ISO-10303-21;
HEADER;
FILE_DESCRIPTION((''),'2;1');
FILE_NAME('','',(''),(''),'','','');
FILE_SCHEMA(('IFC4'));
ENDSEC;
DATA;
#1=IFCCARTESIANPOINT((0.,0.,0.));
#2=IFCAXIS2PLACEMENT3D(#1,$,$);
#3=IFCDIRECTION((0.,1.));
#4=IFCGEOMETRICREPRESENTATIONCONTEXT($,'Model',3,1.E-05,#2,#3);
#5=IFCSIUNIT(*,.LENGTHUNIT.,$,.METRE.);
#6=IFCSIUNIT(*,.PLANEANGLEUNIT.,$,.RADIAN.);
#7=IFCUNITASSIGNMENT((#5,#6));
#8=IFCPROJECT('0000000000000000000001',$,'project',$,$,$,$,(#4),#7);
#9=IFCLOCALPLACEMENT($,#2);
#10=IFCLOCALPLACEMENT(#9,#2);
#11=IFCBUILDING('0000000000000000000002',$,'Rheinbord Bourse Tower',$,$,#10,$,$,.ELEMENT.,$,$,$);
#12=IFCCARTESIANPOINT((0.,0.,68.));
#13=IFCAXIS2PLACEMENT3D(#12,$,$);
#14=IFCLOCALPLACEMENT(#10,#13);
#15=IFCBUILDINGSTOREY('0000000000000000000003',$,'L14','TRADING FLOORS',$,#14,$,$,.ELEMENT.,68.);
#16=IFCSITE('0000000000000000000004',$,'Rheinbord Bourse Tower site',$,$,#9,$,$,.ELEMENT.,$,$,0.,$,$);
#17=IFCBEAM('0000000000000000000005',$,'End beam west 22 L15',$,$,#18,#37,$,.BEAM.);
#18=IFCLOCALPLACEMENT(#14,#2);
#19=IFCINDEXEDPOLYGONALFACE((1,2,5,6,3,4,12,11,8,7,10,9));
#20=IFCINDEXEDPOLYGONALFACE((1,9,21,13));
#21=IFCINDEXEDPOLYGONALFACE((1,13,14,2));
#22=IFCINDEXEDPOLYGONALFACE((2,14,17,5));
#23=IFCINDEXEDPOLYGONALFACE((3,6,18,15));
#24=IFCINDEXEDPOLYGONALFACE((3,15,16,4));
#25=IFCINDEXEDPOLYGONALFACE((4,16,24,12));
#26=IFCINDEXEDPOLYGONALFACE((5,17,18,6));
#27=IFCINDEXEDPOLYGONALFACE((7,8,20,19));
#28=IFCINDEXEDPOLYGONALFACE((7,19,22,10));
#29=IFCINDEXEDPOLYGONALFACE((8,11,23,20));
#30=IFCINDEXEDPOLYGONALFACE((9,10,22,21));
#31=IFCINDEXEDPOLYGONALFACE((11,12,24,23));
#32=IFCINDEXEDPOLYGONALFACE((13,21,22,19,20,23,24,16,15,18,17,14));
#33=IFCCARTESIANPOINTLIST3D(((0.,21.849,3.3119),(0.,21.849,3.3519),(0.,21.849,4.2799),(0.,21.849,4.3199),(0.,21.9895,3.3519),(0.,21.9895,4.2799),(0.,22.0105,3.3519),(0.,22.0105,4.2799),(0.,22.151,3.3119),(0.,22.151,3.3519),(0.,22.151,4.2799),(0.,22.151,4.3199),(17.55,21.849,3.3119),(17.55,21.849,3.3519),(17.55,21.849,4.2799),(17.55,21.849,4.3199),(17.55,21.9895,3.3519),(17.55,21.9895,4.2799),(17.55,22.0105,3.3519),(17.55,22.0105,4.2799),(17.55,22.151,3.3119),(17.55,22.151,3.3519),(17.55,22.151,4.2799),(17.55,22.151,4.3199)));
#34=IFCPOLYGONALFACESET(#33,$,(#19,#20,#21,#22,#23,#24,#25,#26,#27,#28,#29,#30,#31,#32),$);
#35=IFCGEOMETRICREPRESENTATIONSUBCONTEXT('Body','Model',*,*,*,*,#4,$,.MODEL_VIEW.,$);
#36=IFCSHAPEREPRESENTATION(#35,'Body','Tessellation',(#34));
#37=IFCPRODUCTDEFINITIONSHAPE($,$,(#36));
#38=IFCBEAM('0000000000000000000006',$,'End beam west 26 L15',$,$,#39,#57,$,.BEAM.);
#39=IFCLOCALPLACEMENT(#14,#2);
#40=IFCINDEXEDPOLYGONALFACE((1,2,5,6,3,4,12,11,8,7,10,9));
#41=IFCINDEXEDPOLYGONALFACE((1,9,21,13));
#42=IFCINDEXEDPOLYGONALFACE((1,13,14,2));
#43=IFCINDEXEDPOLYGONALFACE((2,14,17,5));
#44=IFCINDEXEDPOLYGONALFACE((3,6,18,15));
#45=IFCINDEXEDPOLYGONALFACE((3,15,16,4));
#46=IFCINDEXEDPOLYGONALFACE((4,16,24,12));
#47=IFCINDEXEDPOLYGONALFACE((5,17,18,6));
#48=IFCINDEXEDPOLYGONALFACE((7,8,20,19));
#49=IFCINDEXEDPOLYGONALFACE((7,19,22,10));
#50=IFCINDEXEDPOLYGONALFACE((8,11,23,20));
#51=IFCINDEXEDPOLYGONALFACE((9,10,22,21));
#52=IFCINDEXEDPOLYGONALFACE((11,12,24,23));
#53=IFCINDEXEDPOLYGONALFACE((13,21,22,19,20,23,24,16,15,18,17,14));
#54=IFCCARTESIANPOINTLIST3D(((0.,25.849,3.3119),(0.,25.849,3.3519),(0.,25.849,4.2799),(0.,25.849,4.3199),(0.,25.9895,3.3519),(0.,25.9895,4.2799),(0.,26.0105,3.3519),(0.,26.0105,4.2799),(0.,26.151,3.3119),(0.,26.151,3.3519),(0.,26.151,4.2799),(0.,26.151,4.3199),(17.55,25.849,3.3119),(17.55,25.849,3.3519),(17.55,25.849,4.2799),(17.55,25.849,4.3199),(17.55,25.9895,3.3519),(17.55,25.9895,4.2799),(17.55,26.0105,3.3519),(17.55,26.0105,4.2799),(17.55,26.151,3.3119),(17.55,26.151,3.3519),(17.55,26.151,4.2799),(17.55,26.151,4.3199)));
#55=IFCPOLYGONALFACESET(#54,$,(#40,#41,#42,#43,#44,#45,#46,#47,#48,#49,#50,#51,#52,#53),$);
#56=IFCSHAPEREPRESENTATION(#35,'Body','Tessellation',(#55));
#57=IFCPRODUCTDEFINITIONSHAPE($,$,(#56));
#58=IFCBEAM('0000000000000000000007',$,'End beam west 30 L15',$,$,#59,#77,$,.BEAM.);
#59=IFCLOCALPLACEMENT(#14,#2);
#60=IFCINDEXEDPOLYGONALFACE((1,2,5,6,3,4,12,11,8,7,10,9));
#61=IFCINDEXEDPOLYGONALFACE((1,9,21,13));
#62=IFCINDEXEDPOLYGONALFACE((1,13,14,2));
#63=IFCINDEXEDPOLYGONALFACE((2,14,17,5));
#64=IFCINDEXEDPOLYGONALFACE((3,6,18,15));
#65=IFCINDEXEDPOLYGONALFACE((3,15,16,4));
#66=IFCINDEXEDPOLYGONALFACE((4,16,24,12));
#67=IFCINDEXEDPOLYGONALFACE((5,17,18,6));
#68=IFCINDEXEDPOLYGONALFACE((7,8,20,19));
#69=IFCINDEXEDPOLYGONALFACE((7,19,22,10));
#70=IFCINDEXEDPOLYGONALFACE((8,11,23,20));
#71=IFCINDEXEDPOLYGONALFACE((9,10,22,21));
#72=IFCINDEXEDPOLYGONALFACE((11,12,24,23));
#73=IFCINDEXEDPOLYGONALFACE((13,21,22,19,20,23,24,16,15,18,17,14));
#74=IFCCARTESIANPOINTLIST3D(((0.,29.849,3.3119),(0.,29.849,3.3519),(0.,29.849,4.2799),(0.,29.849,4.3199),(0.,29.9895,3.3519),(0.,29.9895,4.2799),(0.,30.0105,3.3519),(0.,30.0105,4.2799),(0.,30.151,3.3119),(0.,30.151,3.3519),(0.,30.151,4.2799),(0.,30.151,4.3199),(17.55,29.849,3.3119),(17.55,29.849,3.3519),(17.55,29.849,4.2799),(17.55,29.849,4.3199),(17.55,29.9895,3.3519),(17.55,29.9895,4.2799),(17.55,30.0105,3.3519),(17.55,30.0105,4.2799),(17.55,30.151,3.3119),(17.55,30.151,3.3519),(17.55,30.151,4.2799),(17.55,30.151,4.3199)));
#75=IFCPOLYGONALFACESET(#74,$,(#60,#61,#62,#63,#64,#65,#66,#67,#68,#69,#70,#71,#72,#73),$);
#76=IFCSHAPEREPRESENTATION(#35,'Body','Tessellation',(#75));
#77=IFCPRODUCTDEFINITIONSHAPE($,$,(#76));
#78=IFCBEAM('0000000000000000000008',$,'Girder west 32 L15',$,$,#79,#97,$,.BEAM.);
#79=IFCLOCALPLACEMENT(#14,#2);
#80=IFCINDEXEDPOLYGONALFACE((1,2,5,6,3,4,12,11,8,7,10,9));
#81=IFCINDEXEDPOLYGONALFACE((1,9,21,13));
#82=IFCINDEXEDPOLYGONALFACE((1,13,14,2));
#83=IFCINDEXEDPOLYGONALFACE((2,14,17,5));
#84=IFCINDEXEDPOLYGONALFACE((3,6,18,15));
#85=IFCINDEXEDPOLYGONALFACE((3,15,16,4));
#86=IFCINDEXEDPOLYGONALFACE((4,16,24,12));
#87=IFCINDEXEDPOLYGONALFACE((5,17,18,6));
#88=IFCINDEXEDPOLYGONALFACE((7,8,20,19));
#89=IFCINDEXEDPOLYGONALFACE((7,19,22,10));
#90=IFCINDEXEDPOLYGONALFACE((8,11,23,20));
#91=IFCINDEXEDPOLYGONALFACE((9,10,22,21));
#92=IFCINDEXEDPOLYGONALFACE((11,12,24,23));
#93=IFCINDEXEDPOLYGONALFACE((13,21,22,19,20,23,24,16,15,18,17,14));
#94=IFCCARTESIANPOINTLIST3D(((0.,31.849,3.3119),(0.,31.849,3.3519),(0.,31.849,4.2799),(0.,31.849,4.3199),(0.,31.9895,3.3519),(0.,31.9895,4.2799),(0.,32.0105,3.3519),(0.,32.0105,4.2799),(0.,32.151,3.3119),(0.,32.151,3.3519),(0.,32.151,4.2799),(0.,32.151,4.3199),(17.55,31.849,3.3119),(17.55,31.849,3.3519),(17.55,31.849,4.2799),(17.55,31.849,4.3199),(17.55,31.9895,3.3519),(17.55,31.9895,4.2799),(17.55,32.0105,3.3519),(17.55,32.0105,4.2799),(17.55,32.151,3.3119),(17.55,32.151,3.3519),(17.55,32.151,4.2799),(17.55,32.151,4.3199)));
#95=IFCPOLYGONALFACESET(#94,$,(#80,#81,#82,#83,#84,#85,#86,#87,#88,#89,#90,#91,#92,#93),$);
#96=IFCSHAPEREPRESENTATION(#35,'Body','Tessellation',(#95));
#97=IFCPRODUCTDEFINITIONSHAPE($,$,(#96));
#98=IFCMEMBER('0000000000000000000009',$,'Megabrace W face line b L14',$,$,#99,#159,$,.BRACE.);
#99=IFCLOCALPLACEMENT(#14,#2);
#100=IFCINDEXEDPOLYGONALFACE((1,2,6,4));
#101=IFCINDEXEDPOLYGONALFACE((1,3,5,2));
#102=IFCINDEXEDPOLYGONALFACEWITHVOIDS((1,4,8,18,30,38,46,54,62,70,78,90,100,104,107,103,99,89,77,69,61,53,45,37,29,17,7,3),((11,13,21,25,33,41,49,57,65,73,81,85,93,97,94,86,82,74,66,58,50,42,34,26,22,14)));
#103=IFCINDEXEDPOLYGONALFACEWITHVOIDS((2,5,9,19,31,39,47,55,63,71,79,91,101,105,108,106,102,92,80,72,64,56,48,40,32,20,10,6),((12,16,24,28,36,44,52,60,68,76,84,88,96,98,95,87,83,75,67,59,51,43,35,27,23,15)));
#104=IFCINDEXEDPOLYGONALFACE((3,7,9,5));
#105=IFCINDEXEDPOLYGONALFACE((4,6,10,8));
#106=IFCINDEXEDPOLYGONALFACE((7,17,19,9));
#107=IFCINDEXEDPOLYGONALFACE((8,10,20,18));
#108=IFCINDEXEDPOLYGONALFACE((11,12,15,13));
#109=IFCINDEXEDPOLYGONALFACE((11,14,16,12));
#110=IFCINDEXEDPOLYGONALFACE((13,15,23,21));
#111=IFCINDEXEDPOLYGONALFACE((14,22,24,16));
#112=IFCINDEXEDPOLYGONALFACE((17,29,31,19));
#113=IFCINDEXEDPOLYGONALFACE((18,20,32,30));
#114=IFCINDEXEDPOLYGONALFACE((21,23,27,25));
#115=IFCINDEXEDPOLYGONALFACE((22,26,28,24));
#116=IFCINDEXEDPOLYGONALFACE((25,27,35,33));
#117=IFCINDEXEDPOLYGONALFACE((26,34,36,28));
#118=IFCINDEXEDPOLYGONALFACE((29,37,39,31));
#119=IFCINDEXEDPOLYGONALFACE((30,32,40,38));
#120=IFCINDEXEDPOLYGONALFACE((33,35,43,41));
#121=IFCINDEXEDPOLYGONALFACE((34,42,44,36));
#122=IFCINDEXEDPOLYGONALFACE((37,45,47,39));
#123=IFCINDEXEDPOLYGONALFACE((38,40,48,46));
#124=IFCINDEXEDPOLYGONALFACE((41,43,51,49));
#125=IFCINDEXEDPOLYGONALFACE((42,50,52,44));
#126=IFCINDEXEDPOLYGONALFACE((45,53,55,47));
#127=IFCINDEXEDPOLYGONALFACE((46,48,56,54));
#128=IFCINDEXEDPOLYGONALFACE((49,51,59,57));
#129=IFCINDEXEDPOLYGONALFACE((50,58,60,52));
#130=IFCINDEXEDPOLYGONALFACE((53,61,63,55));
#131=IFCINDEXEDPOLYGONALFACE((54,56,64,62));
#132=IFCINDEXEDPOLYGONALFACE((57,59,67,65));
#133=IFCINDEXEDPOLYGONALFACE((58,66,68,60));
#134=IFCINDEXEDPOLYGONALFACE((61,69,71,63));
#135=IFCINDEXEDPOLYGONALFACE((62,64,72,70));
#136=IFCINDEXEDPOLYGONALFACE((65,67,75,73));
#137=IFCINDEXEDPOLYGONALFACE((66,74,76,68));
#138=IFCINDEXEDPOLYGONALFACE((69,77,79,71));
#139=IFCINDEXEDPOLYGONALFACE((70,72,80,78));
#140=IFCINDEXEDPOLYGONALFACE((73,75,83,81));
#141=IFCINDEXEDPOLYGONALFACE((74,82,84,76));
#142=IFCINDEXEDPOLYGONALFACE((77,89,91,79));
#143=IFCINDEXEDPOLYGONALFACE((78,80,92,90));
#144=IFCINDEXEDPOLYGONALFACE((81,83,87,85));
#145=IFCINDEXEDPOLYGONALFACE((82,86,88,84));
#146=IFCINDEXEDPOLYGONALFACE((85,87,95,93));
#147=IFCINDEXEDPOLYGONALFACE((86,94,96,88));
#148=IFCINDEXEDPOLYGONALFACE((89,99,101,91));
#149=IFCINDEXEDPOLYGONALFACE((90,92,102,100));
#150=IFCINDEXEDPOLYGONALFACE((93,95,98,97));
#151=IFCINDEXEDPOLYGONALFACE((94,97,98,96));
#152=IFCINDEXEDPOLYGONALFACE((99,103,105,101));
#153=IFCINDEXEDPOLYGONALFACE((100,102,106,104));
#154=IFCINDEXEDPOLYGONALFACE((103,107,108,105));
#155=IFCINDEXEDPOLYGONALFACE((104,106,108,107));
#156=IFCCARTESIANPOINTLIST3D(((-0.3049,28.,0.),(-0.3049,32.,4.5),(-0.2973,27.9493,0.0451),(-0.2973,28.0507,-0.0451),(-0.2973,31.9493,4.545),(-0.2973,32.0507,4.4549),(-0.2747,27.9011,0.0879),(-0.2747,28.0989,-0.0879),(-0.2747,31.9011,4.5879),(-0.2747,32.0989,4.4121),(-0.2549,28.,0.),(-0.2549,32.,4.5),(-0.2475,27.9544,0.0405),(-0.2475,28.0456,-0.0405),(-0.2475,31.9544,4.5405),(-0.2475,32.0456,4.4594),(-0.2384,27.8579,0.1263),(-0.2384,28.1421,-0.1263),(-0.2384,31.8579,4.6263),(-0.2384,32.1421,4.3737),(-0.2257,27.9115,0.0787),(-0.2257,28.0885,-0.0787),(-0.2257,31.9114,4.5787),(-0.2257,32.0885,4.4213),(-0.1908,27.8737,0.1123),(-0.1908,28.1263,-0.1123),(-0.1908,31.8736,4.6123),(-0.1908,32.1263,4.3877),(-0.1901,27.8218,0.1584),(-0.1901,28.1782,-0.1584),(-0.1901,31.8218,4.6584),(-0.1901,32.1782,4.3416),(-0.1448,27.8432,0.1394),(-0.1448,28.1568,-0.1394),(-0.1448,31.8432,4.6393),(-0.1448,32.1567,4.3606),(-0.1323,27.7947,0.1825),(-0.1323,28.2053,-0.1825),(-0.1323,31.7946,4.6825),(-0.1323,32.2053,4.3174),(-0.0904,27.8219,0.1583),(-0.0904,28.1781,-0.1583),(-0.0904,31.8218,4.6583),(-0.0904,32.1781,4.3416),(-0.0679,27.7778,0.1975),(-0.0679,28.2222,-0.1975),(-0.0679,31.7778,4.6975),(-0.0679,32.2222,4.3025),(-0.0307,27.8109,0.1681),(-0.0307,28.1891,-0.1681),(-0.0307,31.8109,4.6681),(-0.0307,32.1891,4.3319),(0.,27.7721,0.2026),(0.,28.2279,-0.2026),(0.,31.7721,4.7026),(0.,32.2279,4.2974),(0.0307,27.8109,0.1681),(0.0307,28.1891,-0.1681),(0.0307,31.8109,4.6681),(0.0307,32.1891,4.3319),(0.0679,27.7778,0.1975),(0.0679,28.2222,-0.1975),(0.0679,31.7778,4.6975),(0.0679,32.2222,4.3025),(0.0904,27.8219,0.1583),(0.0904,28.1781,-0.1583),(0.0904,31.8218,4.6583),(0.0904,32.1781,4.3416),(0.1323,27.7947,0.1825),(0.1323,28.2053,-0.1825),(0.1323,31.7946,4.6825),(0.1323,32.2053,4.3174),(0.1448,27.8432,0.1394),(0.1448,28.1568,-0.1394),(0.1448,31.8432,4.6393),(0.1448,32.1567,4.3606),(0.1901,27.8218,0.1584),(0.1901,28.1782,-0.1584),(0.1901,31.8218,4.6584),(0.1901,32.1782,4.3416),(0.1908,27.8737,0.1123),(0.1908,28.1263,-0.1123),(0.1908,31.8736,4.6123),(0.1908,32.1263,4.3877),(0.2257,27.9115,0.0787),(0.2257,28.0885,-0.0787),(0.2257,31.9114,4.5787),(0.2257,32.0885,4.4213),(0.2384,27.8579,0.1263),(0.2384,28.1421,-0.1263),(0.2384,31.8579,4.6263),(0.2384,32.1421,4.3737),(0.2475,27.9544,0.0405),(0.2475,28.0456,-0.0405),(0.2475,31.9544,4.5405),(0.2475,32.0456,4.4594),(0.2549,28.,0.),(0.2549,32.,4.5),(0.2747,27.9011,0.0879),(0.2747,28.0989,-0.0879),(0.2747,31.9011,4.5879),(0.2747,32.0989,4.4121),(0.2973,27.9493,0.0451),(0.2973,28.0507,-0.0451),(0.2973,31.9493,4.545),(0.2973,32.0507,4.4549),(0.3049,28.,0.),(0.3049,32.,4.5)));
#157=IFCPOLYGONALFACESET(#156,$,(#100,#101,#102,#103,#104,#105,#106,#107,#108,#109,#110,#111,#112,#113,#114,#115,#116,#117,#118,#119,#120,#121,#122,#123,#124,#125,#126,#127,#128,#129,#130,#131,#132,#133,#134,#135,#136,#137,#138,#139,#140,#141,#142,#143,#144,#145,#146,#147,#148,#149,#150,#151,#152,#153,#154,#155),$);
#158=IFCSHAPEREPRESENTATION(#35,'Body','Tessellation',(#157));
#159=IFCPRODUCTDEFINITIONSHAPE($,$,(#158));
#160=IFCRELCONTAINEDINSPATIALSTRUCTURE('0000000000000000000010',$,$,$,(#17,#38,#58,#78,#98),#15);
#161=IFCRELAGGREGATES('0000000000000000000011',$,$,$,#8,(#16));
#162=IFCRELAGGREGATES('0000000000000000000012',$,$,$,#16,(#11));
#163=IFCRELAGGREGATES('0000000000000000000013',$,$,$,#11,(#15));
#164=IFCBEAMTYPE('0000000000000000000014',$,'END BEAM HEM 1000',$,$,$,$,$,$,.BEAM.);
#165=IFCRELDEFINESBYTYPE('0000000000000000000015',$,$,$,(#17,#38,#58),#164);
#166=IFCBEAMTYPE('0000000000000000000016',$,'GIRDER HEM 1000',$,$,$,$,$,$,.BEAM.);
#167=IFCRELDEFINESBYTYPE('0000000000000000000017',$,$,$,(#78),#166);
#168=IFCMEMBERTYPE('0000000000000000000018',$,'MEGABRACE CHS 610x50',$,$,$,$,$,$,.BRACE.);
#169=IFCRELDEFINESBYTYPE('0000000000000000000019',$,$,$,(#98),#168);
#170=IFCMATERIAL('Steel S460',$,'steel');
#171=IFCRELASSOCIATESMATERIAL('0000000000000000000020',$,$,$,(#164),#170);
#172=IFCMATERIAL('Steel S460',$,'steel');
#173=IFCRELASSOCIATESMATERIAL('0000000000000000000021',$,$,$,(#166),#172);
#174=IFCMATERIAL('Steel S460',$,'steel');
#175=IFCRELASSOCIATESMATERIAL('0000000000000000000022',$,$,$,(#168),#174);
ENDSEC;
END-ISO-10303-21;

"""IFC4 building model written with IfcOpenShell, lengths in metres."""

from ifc_helpers import new_model, si_unit, direction, frame, origin, origin_2d, place, context, subcontext, project, spatial, hollow_circle, i_section, extrude, material, material_profile, profile_set, type_object, element, save


model = new_model("IFC4")

# Units and contexts
model_context = context("Model", 3, precision=1e-05, world=origin(), true_north=direction((0.0, 1.0)))
body_context = subcontext(model_context, "Body", "Model", "MODEL_VIEW")
ifc_project = project(units=[si_unit("LENGTHUNIT", "METRE"), si_unit("PLANEANGLEUNIT", "RADIAN")], contexts=[model_context])

# Site, building, storey
site_placement = place(None, origin())
site = spatial("IfcSite", under=ifc_project, at=site_placement, Name="Rheinbord Bourse Tower site", CompositionType="ELEMENT", RefElevation=0.0)
building_placement = place(site_placement, origin())
building = spatial("IfcBuilding", under=site, at=building_placement, Name="Rheinbord Bourse Tower", CompositionType="ELEMENT")
storey_placement = place(building_placement, frame((0.0, 0.0, 68.0)))
storey = spatial("IfcBuildingStorey", under=building, at=storey_placement, Name="L14", Description="TRADING FLOORS", CompositionType="ELEMENT", Elevation=68.0)

# Beams
ifc_material_1 = material(Name="Steel S460", Category="steel")
ifc_material_profile_1 = material_profile(ifc_material_1, i_section(OverallWidth=0.302, OverallDepth=1.0081, WebThickness=0.021, FlangeThickness=0.04, at=origin_2d()), Name="HEM 1000")
ifc_profile_set_1 = profile_set([ifc_material_profile_1], Name="Steel S460")
beam_type_1 = type_object("IfcBeamType", Name="END BEAM HEM 1000", PredefinedType="BEAM", material=ifc_profile_set_1)
for number, where, z_axis, x_axis, name in (
    (1, (0.0, 22.0, 3.8159), (1.0, 0.0, 0.0), (0.0, 1.0, 0.0), "End beam west 22 L15"),
    (2, (0.0, 26.0, 3.8159), (1.0, 0.0, 0.0), (0.0, 1.0, 0.0), "End beam west 26 L15"),
    (3, (0.0, 30.0, 3.8159), (1.0, 0.0, 0.0), (0.0, 1.0, 0.0), "End beam west 30 L15"),
):
    element("IfcBeam", number, at=place(storey_placement, frame(where, z_axis=z_axis, x_axis=x_axis)), inside=storey, type_object=beam_type_1, Name=name, PredefinedType="BEAM", context=body_context, shape_type="SweptSolid", body=[
        extrude(i_section(OverallWidth=0.302, OverallDepth=1.0081, WebThickness=0.021, FlangeThickness=0.04, at=origin_2d()), origin(), (0.0, 0.0, 1.0), 17.55),
    ])
ifc_material_2 = material(Name="Steel S460", Category="steel")
ifc_material_profile_2 = material_profile(ifc_material_2, i_section(OverallWidth=0.302, OverallDepth=1.0081, WebThickness=0.021, FlangeThickness=0.04, at=origin_2d()), Name="HEM 1000")
ifc_profile_set_2 = profile_set([ifc_material_profile_2], Name="Steel S460")
beam_type_2 = type_object("IfcBeamType", Name="GIRDER HEM 1000", PredefinedType="BEAM", material=ifc_profile_set_2)
beam_1_placement = place(storey_placement, frame((0.0, 32.0, 3.8159), z_axis=(1.0, 0.0, 0.0), x_axis=(0.0, 1.0, 0.0)))
element("IfcBeam", 4, at=beam_1_placement, inside=storey, type_object=beam_type_2, Name="Girder west 32 L15", PredefinedType="BEAM", context=body_context, shape_type="SweptSolid", body=[
    extrude(i_section(OverallWidth=0.302, OverallDepth=1.0081, WebThickness=0.021, FlangeThickness=0.04, at=origin_2d()), origin(), (0.0, 0.0, 1.0), 17.55),
])

# Member
ifc_material_3 = material(Name="Steel S460", Category="steel")
ifc_material_profile_3 = material_profile(ifc_material_3, hollow_circle(Radius=0.3049, WallThickness=0.05, at=origin_2d()), Name="CHS 610x50")
ifc_profile_set_3 = profile_set([ifc_material_profile_3], Name="Steel S460")
member_type_1 = type_object("IfcMemberType", Name="MEGABRACE CHS 610x50", PredefinedType="BRACE", material=ifc_profile_set_3)
for number, where, z_axis, x_axis, name in (
    (5, (0.0, 28.0, 0.0), (0.0, 0.664364, 0.747409), (-1.0, 0.0, 0.0), "Megabrace W face line b L14"),
):
    element("IfcMember", number, at=place(storey_placement, frame(where, z_axis=z_axis, x_axis=x_axis)), inside=storey, type_object=member_type_1, Name=name, PredefinedType="BRACE", context=body_context, shape_type="SweptSolid", body=[
        extrude(hollow_circle(Radius=0.3049, WallThickness=0.05, at=origin_2d()), origin(), (0.0, 0.0, 1.0), 6.0208),
    ])

save(model, "model.ifc")
